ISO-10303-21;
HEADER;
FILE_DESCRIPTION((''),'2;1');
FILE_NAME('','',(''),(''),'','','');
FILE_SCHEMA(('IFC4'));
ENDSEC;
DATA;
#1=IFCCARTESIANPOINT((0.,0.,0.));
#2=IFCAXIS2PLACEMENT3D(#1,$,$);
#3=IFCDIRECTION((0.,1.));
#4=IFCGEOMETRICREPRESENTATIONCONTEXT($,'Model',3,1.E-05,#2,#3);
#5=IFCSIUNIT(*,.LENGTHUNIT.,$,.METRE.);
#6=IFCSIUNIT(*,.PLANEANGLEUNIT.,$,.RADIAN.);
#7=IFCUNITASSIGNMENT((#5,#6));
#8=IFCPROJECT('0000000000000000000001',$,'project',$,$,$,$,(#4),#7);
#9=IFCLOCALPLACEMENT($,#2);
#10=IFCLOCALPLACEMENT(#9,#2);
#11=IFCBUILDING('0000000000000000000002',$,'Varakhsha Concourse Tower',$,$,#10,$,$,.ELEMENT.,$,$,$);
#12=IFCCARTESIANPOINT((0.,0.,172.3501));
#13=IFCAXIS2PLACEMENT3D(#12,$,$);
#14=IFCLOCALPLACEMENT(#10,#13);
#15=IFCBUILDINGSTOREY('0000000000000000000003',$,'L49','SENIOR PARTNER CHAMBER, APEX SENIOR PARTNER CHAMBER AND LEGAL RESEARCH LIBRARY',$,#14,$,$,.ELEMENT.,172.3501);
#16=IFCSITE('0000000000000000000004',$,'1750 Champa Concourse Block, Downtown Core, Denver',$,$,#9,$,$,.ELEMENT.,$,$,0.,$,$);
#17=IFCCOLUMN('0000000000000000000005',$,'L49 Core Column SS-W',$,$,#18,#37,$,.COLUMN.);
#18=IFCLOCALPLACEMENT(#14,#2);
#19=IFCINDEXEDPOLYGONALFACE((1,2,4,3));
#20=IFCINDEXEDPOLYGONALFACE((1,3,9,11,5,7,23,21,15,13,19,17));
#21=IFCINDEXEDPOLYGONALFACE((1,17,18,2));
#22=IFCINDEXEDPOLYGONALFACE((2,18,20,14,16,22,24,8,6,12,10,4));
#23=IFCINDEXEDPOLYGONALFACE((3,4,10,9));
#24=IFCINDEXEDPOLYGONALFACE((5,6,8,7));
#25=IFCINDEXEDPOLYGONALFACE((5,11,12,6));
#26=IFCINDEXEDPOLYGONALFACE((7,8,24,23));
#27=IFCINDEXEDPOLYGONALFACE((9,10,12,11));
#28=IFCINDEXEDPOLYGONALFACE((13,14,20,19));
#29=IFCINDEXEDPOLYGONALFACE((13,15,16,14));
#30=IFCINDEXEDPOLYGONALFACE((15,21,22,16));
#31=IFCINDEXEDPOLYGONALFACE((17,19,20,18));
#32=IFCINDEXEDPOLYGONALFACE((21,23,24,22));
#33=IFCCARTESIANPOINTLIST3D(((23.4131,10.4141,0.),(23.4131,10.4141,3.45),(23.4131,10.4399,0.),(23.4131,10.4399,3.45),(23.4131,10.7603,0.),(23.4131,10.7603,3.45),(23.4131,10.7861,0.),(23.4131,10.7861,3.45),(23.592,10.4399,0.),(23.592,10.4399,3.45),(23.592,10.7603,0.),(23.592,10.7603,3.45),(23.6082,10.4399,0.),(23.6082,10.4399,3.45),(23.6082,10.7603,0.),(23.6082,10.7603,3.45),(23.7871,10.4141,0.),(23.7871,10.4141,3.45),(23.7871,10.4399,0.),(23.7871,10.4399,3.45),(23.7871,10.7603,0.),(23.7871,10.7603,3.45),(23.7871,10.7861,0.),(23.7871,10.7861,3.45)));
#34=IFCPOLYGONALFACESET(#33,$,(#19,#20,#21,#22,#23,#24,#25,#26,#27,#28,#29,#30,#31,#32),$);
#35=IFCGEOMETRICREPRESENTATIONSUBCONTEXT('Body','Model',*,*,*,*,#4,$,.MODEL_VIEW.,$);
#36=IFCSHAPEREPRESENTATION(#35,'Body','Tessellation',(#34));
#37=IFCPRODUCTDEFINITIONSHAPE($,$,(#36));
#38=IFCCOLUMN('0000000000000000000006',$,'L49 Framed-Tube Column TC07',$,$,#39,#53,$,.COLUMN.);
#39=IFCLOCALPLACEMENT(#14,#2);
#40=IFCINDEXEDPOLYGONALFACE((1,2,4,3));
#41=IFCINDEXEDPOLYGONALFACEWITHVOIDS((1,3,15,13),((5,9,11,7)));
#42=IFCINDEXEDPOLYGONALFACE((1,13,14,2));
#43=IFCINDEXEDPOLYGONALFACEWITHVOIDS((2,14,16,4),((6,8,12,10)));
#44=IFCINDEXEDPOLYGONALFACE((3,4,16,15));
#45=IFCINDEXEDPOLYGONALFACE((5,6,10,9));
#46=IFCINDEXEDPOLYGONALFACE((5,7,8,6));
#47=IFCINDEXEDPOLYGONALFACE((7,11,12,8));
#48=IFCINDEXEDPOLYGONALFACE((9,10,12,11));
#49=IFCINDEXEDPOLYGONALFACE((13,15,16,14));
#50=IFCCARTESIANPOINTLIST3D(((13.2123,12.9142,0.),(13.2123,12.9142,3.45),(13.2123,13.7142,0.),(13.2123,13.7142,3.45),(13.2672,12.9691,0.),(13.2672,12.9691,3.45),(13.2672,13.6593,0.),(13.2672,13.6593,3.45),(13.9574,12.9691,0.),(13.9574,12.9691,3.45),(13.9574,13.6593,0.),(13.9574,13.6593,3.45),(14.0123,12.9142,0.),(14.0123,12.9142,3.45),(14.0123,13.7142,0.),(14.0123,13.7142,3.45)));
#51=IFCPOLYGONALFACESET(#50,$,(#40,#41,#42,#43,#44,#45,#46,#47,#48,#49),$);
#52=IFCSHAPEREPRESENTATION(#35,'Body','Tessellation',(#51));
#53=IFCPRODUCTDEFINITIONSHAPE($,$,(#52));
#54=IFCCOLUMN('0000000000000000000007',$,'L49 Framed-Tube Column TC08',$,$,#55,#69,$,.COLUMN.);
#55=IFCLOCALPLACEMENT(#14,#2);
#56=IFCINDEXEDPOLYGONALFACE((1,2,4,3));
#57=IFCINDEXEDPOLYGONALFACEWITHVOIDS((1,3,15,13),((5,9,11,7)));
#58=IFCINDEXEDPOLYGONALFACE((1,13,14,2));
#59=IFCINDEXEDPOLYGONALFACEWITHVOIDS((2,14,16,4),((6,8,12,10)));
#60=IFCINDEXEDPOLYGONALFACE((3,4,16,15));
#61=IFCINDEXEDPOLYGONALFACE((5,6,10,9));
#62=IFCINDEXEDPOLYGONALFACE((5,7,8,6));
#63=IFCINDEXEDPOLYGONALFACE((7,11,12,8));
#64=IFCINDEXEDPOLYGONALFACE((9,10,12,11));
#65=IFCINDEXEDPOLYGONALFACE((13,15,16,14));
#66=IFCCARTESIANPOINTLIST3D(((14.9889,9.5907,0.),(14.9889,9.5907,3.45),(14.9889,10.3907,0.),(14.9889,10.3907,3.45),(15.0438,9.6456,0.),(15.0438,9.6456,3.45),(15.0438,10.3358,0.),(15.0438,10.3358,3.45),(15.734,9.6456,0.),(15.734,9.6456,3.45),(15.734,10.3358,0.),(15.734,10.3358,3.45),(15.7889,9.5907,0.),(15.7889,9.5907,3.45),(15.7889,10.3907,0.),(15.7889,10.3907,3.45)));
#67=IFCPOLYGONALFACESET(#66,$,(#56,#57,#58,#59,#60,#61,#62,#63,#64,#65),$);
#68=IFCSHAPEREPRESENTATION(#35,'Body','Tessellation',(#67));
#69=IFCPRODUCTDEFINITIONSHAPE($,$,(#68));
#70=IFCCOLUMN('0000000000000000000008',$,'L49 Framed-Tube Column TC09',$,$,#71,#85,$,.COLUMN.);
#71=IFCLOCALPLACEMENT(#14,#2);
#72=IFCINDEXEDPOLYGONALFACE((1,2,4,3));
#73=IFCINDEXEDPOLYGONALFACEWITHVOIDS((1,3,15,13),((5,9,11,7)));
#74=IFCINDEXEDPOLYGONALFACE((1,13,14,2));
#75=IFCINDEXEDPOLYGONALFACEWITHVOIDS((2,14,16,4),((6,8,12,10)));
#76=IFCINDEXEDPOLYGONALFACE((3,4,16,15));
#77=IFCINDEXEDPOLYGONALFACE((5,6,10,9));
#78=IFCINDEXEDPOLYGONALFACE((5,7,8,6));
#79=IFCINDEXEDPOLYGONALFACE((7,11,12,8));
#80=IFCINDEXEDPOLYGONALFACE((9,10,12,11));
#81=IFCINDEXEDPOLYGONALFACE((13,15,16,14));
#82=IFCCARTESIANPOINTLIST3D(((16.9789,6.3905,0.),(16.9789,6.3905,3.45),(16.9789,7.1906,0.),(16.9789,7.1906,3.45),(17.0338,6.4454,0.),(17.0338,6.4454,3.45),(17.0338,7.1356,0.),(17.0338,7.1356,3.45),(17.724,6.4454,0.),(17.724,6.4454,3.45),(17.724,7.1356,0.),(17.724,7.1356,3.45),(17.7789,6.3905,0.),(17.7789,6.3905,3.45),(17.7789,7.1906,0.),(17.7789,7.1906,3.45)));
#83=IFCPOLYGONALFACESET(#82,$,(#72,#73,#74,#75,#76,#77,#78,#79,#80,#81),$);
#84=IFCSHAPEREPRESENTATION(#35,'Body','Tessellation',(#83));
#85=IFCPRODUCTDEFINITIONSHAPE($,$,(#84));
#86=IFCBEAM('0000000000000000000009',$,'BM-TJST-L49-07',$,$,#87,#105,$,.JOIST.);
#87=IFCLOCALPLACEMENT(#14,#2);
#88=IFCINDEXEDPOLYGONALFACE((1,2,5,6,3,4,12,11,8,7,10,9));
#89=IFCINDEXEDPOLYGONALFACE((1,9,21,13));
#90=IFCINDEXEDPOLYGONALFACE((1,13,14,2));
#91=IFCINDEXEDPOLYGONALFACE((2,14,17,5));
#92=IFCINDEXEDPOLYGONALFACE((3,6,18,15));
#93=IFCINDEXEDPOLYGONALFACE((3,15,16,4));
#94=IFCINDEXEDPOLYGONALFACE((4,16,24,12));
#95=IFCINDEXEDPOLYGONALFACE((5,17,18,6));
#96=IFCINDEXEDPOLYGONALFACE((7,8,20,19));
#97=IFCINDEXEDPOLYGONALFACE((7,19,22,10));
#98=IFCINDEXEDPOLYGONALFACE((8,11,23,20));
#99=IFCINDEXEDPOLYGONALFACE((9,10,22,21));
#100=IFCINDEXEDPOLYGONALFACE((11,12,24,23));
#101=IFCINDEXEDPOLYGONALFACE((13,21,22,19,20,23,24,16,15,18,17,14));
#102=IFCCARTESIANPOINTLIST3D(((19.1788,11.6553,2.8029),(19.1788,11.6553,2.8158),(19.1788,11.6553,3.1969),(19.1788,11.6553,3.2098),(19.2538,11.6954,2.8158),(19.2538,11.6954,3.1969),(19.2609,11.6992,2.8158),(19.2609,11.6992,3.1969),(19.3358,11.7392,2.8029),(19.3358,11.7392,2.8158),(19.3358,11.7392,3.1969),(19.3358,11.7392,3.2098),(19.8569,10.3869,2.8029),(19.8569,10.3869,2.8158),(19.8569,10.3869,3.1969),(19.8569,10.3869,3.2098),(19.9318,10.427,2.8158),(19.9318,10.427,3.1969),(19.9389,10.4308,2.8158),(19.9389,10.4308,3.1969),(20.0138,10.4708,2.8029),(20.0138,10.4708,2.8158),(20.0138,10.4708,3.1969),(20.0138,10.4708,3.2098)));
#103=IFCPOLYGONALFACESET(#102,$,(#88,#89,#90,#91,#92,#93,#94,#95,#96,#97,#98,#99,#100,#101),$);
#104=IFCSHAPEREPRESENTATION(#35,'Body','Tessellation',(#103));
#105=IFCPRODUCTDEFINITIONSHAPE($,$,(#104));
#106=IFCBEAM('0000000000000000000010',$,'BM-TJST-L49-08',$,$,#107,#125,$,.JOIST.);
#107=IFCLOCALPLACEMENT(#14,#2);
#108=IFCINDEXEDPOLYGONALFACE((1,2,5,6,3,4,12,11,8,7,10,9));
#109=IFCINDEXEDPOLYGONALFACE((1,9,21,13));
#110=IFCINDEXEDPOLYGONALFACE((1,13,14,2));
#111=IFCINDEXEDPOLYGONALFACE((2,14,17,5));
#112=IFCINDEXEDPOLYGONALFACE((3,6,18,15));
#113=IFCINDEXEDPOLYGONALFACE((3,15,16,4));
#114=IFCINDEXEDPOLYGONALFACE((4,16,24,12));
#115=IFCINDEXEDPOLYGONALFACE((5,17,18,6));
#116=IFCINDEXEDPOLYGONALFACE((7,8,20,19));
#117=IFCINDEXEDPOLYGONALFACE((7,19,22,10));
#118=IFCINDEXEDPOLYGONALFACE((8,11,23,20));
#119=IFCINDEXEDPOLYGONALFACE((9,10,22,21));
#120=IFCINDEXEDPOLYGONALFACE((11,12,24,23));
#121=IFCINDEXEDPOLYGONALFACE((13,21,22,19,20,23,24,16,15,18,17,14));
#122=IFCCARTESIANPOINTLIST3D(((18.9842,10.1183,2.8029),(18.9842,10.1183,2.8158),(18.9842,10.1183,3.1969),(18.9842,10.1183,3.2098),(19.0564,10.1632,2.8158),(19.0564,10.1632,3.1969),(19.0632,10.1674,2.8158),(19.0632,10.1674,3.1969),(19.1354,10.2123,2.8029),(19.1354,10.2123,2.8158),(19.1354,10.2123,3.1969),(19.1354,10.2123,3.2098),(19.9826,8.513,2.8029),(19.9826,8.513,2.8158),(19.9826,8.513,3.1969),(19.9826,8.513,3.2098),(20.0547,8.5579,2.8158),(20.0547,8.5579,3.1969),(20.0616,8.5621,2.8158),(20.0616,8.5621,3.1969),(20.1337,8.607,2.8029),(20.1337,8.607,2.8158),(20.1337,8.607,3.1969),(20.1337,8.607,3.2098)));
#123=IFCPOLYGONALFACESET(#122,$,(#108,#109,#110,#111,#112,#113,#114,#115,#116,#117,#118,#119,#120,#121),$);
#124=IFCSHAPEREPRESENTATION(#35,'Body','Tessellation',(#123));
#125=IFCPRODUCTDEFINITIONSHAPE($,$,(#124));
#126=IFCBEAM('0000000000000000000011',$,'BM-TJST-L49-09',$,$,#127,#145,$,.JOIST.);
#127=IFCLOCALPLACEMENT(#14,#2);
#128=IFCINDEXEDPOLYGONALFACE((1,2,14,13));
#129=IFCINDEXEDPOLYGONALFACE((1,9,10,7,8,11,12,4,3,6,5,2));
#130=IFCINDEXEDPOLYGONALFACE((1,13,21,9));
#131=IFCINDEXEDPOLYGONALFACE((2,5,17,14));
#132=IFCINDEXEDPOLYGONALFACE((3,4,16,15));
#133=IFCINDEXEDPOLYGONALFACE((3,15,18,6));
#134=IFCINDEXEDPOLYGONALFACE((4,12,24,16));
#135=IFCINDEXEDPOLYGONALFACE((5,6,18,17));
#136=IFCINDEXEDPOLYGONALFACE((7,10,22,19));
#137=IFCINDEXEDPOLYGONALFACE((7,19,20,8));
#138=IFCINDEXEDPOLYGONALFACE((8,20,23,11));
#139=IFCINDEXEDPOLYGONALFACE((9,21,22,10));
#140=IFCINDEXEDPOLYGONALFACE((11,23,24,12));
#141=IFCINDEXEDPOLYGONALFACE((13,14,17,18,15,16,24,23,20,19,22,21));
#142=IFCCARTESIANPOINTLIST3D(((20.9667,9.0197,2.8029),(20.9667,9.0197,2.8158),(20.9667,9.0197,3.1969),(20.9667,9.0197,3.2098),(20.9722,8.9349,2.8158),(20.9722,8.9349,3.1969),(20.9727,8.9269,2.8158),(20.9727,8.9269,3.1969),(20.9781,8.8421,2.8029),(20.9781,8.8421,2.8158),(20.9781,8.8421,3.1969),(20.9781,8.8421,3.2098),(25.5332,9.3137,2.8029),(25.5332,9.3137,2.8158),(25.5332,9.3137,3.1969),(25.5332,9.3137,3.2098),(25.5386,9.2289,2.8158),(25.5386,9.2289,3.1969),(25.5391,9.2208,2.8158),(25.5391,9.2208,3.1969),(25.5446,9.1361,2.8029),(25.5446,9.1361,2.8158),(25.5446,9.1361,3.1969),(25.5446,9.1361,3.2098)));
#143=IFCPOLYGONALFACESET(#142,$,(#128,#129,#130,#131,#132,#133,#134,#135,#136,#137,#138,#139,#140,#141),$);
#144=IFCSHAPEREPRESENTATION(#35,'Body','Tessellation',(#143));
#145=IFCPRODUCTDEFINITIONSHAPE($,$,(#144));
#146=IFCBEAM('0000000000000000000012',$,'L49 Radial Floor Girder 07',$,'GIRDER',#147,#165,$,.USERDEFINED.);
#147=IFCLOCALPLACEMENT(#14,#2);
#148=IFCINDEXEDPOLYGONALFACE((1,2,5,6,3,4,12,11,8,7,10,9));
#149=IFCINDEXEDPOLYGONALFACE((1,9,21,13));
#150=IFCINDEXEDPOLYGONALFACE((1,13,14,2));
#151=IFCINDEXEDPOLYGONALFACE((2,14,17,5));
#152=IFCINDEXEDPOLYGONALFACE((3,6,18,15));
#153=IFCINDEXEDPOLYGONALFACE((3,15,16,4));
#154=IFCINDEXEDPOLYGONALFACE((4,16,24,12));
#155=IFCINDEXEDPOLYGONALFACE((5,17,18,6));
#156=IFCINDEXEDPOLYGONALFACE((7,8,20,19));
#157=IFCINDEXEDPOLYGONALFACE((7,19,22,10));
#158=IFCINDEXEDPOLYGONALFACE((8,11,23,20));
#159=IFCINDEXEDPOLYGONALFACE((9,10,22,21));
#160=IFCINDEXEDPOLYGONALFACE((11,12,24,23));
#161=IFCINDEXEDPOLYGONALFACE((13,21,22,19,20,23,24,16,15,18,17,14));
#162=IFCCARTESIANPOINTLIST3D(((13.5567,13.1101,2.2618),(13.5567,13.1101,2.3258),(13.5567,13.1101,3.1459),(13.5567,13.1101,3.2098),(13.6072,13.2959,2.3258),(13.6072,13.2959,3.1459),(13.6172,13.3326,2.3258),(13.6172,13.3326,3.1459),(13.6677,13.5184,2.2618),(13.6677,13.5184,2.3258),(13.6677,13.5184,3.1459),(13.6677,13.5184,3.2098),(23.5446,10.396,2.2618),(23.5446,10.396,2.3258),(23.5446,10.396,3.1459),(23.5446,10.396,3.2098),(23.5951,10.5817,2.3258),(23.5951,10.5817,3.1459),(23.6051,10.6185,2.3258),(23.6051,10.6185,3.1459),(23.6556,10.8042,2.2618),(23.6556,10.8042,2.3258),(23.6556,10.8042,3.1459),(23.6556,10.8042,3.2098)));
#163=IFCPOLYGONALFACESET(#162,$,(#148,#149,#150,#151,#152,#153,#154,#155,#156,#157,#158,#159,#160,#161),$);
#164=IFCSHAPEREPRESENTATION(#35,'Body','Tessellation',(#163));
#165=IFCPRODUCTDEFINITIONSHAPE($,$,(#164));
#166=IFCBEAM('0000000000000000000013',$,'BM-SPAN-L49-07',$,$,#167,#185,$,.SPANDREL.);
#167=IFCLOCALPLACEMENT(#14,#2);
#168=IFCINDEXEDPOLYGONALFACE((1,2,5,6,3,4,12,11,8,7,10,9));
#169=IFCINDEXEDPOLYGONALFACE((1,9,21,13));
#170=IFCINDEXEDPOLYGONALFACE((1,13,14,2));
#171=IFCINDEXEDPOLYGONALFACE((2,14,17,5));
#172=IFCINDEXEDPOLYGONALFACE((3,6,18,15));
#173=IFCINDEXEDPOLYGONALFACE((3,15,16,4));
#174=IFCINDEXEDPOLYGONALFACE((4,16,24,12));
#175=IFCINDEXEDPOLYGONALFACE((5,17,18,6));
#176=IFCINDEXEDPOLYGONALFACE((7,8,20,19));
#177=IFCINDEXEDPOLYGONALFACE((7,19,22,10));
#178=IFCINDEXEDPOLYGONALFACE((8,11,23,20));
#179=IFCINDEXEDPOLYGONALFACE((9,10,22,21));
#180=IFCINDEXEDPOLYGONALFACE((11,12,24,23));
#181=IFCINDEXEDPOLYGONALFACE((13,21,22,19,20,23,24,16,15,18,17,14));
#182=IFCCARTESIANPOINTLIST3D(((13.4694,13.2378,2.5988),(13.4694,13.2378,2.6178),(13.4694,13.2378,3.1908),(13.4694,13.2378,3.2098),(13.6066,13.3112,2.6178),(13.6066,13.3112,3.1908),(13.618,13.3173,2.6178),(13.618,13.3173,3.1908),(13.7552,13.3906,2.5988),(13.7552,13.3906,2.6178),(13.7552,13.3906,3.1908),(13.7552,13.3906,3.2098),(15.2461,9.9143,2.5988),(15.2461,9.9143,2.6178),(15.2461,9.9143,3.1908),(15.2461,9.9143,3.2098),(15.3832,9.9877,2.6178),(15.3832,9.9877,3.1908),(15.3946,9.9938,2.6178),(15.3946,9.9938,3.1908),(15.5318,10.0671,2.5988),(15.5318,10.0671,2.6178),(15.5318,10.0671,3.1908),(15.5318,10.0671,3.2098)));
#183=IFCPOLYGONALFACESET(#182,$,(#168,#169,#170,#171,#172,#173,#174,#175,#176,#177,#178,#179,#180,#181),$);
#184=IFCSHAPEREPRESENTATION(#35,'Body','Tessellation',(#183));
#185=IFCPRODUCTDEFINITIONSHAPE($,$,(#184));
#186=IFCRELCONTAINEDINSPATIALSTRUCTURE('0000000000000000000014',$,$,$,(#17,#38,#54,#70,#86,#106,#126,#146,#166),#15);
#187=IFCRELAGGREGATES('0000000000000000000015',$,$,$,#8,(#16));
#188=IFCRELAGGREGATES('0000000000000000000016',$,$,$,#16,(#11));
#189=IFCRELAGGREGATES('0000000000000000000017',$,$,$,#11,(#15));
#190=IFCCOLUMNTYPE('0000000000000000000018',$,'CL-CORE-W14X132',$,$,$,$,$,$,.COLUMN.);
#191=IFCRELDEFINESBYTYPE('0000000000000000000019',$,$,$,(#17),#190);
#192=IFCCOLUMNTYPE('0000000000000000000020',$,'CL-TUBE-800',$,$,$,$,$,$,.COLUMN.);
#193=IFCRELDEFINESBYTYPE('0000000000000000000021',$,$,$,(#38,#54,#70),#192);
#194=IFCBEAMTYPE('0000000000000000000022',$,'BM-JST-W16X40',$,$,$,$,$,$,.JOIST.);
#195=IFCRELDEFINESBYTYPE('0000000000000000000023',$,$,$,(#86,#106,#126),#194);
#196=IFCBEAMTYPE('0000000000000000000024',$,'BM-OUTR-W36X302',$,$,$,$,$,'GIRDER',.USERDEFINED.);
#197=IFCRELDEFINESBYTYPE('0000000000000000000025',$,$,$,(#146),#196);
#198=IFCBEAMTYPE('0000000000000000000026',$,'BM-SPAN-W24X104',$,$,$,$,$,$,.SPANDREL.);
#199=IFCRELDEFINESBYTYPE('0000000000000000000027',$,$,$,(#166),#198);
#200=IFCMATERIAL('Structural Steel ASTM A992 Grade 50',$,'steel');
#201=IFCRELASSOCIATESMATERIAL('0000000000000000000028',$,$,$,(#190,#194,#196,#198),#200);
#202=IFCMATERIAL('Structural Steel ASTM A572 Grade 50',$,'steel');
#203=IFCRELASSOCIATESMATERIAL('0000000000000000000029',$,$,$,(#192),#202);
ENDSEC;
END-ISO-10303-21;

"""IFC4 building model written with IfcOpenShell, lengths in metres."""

from ifc_helpers import new_model, si_unit, direction, frame, origin, origin_2d, place, context, subcontext, project, spatial, hollow_rectangle, i_section, extrude, material, material_profile, profile_set, type_object, element, save


model = new_model("IFC4")

# Units and contexts
model_context = context("Model", 3, precision=1e-05, world=origin(), true_north=direction((0.0, 1.0)))
body_context = subcontext(model_context, "Body", "Model", "MODEL_VIEW")
ifc_project = project(units=[si_unit("LENGTHUNIT", "METRE"), si_unit("PLANEANGLEUNIT", "RADIAN")], contexts=[model_context])

# Site, building, storey
site_placement = place(None, origin())
site = spatial("IfcSite", under=ifc_project, at=site_placement, Name="1750 Champa Concourse Block, Downtown Core, Denver", CompositionType="ELEMENT", RefElevation=0.0)
building_placement = place(site_placement, origin())
building = spatial("IfcBuilding", under=site, at=building_placement, Name="Varakhsha Concourse Tower", CompositionType="ELEMENT")
storey_placement = place(building_placement, frame((0.0, 0.0, 172.3501)))
storey = spatial("IfcBuildingStorey", under=building, at=storey_placement, Name="L49", Description="SENIOR PARTNER CHAMBER, APEX SENIOR PARTNER CHAMBER AND LEGAL RESEARCH LIBRARY", CompositionType="ELEMENT", Elevation=172.3501)

# Columns
ifc_material_1 = material(Name="Structural Steel ASTM A992 Grade 50", Category="steel")
ifc_material_profile_1 = material_profile(ifc_material_1, i_section(OverallWidth=0.374, OverallDepth=0.3721, WebThickness=0.0161, FlangeThickness=0.0259, at=origin_2d()), Name="W14X132")
ifc_profile_set_1 = profile_set([ifc_material_profile_1], Name="Structural Steel ASTM A992 Grade 50")
column_type_1 = type_object("IfcColumnType", Name="CL-CORE-W14X132", PredefinedType="COLUMN", material=ifc_profile_set_1)
column_placement = place(storey_placement, frame((23.6001, 10.6001, 0.0), z_axis=(0.0, 0.0, 1.0), x_axis=(1.0, 0.0, 0.0)))
element("IfcColumn", 1, at=column_placement, inside=storey, type_object=column_type_1, Name="L49 Core Column SS-W", PredefinedType="COLUMN", context=body_context, shape_type="SweptSolid", body=[
    extrude(i_section(OverallWidth=0.374, OverallDepth=0.3721, WebThickness=0.0161, FlangeThickness=0.0259, at=origin_2d()), origin(), (0.0, 0.0, 1.0), 3.45),
])
ifc_material_2 = material(Name="Structural Steel ASTM A572 Grade 50", Category="steel")
ifc_material_profile_2 = material_profile(ifc_material_2, hollow_rectangle(XDim=0.8, YDim=0.8, WallThickness=0.0549, at=origin_2d()), Name="BOX 800x800x55")
ifc_profile_set_2 = profile_set([ifc_material_profile_2], Name="Structural Steel ASTM A572 Grade 50")
column_type_2 = type_object("IfcColumnType", Name="CL-TUBE-800", PredefinedType="COLUMN", material=ifc_profile_set_2)
for number, where, z_axis, x_axis, name in (
    (2, (13.6123, 13.3142, 0.0), (0.0, 0.0, 1.0), (1.0, 0.0, 0.0), "L49 Framed-Tube Column TC07"),
    (3, (15.3889, 9.9907, 0.0), (0.0, 0.0, 1.0), (1.0, 0.0, 0.0), "L49 Framed-Tube Column TC08"),
    (4, (17.3789, 6.7905, 0.0), (0.0, 0.0, 1.0), (1.0, 0.0, 0.0), "L49 Framed-Tube Column TC09"),
):
    element("IfcColumn", number, at=place(storey_placement, frame(where, z_axis=z_axis, x_axis=x_axis)), inside=storey, type_object=column_type_2, Name=name, PredefinedType="COLUMN", context=body_context, shape_type="SweptSolid", body=[
        extrude(hollow_rectangle(XDim=0.8, YDim=0.8, WallThickness=0.0549, at=origin_2d()), origin(), (0.0, 0.0, 1.0), 3.45),
    ])

# Beams
ifc_material_profile_3 = material_profile(ifc_material_1, i_section(OverallWidth=0.178, OverallDepth=0.407, WebThickness=0.0081, FlangeThickness=0.0129, at=origin_2d()), Name="W16X40")
ifc_profile_set_3 = profile_set([ifc_material_profile_3], Name="Structural Steel ASTM A992 Grade 50")
beam_type_1 = type_object("IfcBeamType", Name="BM-JST-W16X40", PredefinedType="JOIST", material=ifc_profile_set_3)
beam_1_placement = place(storey_placement, frame((19.2573, 11.6973, 3.0063), z_axis=(0.471425, -0.881906, 0.0), x_axis=(0.881906, 0.471425, 0.0)))
element("IfcBeam", 5, at=beam_1_placement, inside=storey, type_object=beam_type_1, Name="BM-TJST-L49-07", PredefinedType="JOIST", context=body_context, shape_type="SweptSolid", body=[
    extrude(i_section(OverallWidth=0.178, OverallDepth=0.407, WebThickness=0.0081, FlangeThickness=0.0129, at=origin_2d()), origin(), (0.0, 0.0, 1.0), 1.4382),
])
beam_2_placement = place(storey_placement, frame((19.0598, 10.1653, 3.0063), z_axis=(0.528105, -0.849179, 0.0), x_axis=(0.849179, 0.528105, 0.0)))
element("IfcBeam", 6, at=beam_2_placement, inside=storey, type_object=beam_type_1, Name="BM-TJST-L49-08", PredefinedType="JOIST", context=body_context, shape_type="SweptSolid", body=[
    extrude(i_section(OverallWidth=0.178, OverallDepth=0.407, WebThickness=0.0081, FlangeThickness=0.0129, at=origin_2d()), origin(), (0.0, 0.0, 1.0), 1.8904),
])
beam_3_placement = place(storey_placement, frame((20.9724, 8.9309, 3.0063), z_axis=(0.997935, 0.064238, 0.0), x_axis=(-0.064238, 0.997935, 0.0)))
element("IfcBeam", 7, at=beam_3_placement, inside=storey, type_object=beam_type_1, Name="BM-TJST-L49-09", PredefinedType="JOIST", context=body_context, shape_type="SweptSolid", body=[
    extrude(i_section(OverallWidth=0.178, OverallDepth=0.407, WebThickness=0.0081, FlangeThickness=0.0129, at=origin_2d()), origin(), (0.0, 0.0, 1.0), 4.5759),
])
ifc_material_profile_4 = material_profile(ifc_material_1, i_section(OverallWidth=0.4231, OverallDepth=0.948, WebThickness=0.0381, FlangeThickness=0.064, at=origin_2d()), Name="W36X302")
ifc_profile_set_4 = profile_set([ifc_material_profile_4], Name="Structural Steel ASTM A992 Grade 50")
beam_type_2 = type_object("IfcBeamType", Name="BM-OUTR-W36X302", ElementType="GIRDER", PredefinedType="USERDEFINED", material=ifc_profile_set_4)
beam_4_placement = place(storey_placement, frame((23.6001, 10.6001, 2.7358), z_axis=(-0.965005, 0.262233, 0.0), x_axis=(-0.262233, -0.965005, 0.0)))
element("IfcBeam", 8, at=beam_4_placement, inside=storey, type_object=beam_type_2, Name="L49 Radial Floor Girder 07", ObjectType="GIRDER", PredefinedType="USERDEFINED", context=body_context, shape_type="SweptSolid", body=[
    extrude(i_section(OverallWidth=0.4231, OverallDepth=0.948, WebThickness=0.0381, FlangeThickness=0.064, at=origin_2d()), origin(), (0.0, 0.0, 1.0), 10.3501),
])
ifc_material_profile_5 = material_profile(ifc_material_1, i_section(OverallWidth=0.324, OverallDepth=0.6111, WebThickness=0.0129, FlangeThickness=0.019, at=origin_2d()), Name="W24X104")
ifc_profile_set_5 = profile_set([ifc_material_profile_5], Name="Structural Steel ASTM A992 Grade 50")
beam_type_3 = type_object("IfcBeamType", Name="BM-SPAN-W24X104", PredefinedType="SPANDREL", material=ifc_profile_set_5)
for number, where, z_axis, x_axis, name in (
    (9, (13.6123, 13.3142, 2.9043), (0.471432, -0.881902, 0.0), (0.881902, 0.471432, 0.0), "BM-SPAN-L49-07"),
):
    element("IfcBeam", number, at=place(storey_placement, frame(where, z_axis=z_axis, x_axis=x_axis)), inside=storey, type_object=beam_type_3, Name=name, PredefinedType="SPANDREL", context=body_context, shape_type="SweptSolid", body=[
        extrude(i_section(OverallWidth=0.324, OverallDepth=0.6111, WebThickness=0.0129, FlangeThickness=0.019, at=origin_2d()), origin(), (0.0, 0.0, 1.0), 3.7686),
    ])

save(model, "model.ifc")
